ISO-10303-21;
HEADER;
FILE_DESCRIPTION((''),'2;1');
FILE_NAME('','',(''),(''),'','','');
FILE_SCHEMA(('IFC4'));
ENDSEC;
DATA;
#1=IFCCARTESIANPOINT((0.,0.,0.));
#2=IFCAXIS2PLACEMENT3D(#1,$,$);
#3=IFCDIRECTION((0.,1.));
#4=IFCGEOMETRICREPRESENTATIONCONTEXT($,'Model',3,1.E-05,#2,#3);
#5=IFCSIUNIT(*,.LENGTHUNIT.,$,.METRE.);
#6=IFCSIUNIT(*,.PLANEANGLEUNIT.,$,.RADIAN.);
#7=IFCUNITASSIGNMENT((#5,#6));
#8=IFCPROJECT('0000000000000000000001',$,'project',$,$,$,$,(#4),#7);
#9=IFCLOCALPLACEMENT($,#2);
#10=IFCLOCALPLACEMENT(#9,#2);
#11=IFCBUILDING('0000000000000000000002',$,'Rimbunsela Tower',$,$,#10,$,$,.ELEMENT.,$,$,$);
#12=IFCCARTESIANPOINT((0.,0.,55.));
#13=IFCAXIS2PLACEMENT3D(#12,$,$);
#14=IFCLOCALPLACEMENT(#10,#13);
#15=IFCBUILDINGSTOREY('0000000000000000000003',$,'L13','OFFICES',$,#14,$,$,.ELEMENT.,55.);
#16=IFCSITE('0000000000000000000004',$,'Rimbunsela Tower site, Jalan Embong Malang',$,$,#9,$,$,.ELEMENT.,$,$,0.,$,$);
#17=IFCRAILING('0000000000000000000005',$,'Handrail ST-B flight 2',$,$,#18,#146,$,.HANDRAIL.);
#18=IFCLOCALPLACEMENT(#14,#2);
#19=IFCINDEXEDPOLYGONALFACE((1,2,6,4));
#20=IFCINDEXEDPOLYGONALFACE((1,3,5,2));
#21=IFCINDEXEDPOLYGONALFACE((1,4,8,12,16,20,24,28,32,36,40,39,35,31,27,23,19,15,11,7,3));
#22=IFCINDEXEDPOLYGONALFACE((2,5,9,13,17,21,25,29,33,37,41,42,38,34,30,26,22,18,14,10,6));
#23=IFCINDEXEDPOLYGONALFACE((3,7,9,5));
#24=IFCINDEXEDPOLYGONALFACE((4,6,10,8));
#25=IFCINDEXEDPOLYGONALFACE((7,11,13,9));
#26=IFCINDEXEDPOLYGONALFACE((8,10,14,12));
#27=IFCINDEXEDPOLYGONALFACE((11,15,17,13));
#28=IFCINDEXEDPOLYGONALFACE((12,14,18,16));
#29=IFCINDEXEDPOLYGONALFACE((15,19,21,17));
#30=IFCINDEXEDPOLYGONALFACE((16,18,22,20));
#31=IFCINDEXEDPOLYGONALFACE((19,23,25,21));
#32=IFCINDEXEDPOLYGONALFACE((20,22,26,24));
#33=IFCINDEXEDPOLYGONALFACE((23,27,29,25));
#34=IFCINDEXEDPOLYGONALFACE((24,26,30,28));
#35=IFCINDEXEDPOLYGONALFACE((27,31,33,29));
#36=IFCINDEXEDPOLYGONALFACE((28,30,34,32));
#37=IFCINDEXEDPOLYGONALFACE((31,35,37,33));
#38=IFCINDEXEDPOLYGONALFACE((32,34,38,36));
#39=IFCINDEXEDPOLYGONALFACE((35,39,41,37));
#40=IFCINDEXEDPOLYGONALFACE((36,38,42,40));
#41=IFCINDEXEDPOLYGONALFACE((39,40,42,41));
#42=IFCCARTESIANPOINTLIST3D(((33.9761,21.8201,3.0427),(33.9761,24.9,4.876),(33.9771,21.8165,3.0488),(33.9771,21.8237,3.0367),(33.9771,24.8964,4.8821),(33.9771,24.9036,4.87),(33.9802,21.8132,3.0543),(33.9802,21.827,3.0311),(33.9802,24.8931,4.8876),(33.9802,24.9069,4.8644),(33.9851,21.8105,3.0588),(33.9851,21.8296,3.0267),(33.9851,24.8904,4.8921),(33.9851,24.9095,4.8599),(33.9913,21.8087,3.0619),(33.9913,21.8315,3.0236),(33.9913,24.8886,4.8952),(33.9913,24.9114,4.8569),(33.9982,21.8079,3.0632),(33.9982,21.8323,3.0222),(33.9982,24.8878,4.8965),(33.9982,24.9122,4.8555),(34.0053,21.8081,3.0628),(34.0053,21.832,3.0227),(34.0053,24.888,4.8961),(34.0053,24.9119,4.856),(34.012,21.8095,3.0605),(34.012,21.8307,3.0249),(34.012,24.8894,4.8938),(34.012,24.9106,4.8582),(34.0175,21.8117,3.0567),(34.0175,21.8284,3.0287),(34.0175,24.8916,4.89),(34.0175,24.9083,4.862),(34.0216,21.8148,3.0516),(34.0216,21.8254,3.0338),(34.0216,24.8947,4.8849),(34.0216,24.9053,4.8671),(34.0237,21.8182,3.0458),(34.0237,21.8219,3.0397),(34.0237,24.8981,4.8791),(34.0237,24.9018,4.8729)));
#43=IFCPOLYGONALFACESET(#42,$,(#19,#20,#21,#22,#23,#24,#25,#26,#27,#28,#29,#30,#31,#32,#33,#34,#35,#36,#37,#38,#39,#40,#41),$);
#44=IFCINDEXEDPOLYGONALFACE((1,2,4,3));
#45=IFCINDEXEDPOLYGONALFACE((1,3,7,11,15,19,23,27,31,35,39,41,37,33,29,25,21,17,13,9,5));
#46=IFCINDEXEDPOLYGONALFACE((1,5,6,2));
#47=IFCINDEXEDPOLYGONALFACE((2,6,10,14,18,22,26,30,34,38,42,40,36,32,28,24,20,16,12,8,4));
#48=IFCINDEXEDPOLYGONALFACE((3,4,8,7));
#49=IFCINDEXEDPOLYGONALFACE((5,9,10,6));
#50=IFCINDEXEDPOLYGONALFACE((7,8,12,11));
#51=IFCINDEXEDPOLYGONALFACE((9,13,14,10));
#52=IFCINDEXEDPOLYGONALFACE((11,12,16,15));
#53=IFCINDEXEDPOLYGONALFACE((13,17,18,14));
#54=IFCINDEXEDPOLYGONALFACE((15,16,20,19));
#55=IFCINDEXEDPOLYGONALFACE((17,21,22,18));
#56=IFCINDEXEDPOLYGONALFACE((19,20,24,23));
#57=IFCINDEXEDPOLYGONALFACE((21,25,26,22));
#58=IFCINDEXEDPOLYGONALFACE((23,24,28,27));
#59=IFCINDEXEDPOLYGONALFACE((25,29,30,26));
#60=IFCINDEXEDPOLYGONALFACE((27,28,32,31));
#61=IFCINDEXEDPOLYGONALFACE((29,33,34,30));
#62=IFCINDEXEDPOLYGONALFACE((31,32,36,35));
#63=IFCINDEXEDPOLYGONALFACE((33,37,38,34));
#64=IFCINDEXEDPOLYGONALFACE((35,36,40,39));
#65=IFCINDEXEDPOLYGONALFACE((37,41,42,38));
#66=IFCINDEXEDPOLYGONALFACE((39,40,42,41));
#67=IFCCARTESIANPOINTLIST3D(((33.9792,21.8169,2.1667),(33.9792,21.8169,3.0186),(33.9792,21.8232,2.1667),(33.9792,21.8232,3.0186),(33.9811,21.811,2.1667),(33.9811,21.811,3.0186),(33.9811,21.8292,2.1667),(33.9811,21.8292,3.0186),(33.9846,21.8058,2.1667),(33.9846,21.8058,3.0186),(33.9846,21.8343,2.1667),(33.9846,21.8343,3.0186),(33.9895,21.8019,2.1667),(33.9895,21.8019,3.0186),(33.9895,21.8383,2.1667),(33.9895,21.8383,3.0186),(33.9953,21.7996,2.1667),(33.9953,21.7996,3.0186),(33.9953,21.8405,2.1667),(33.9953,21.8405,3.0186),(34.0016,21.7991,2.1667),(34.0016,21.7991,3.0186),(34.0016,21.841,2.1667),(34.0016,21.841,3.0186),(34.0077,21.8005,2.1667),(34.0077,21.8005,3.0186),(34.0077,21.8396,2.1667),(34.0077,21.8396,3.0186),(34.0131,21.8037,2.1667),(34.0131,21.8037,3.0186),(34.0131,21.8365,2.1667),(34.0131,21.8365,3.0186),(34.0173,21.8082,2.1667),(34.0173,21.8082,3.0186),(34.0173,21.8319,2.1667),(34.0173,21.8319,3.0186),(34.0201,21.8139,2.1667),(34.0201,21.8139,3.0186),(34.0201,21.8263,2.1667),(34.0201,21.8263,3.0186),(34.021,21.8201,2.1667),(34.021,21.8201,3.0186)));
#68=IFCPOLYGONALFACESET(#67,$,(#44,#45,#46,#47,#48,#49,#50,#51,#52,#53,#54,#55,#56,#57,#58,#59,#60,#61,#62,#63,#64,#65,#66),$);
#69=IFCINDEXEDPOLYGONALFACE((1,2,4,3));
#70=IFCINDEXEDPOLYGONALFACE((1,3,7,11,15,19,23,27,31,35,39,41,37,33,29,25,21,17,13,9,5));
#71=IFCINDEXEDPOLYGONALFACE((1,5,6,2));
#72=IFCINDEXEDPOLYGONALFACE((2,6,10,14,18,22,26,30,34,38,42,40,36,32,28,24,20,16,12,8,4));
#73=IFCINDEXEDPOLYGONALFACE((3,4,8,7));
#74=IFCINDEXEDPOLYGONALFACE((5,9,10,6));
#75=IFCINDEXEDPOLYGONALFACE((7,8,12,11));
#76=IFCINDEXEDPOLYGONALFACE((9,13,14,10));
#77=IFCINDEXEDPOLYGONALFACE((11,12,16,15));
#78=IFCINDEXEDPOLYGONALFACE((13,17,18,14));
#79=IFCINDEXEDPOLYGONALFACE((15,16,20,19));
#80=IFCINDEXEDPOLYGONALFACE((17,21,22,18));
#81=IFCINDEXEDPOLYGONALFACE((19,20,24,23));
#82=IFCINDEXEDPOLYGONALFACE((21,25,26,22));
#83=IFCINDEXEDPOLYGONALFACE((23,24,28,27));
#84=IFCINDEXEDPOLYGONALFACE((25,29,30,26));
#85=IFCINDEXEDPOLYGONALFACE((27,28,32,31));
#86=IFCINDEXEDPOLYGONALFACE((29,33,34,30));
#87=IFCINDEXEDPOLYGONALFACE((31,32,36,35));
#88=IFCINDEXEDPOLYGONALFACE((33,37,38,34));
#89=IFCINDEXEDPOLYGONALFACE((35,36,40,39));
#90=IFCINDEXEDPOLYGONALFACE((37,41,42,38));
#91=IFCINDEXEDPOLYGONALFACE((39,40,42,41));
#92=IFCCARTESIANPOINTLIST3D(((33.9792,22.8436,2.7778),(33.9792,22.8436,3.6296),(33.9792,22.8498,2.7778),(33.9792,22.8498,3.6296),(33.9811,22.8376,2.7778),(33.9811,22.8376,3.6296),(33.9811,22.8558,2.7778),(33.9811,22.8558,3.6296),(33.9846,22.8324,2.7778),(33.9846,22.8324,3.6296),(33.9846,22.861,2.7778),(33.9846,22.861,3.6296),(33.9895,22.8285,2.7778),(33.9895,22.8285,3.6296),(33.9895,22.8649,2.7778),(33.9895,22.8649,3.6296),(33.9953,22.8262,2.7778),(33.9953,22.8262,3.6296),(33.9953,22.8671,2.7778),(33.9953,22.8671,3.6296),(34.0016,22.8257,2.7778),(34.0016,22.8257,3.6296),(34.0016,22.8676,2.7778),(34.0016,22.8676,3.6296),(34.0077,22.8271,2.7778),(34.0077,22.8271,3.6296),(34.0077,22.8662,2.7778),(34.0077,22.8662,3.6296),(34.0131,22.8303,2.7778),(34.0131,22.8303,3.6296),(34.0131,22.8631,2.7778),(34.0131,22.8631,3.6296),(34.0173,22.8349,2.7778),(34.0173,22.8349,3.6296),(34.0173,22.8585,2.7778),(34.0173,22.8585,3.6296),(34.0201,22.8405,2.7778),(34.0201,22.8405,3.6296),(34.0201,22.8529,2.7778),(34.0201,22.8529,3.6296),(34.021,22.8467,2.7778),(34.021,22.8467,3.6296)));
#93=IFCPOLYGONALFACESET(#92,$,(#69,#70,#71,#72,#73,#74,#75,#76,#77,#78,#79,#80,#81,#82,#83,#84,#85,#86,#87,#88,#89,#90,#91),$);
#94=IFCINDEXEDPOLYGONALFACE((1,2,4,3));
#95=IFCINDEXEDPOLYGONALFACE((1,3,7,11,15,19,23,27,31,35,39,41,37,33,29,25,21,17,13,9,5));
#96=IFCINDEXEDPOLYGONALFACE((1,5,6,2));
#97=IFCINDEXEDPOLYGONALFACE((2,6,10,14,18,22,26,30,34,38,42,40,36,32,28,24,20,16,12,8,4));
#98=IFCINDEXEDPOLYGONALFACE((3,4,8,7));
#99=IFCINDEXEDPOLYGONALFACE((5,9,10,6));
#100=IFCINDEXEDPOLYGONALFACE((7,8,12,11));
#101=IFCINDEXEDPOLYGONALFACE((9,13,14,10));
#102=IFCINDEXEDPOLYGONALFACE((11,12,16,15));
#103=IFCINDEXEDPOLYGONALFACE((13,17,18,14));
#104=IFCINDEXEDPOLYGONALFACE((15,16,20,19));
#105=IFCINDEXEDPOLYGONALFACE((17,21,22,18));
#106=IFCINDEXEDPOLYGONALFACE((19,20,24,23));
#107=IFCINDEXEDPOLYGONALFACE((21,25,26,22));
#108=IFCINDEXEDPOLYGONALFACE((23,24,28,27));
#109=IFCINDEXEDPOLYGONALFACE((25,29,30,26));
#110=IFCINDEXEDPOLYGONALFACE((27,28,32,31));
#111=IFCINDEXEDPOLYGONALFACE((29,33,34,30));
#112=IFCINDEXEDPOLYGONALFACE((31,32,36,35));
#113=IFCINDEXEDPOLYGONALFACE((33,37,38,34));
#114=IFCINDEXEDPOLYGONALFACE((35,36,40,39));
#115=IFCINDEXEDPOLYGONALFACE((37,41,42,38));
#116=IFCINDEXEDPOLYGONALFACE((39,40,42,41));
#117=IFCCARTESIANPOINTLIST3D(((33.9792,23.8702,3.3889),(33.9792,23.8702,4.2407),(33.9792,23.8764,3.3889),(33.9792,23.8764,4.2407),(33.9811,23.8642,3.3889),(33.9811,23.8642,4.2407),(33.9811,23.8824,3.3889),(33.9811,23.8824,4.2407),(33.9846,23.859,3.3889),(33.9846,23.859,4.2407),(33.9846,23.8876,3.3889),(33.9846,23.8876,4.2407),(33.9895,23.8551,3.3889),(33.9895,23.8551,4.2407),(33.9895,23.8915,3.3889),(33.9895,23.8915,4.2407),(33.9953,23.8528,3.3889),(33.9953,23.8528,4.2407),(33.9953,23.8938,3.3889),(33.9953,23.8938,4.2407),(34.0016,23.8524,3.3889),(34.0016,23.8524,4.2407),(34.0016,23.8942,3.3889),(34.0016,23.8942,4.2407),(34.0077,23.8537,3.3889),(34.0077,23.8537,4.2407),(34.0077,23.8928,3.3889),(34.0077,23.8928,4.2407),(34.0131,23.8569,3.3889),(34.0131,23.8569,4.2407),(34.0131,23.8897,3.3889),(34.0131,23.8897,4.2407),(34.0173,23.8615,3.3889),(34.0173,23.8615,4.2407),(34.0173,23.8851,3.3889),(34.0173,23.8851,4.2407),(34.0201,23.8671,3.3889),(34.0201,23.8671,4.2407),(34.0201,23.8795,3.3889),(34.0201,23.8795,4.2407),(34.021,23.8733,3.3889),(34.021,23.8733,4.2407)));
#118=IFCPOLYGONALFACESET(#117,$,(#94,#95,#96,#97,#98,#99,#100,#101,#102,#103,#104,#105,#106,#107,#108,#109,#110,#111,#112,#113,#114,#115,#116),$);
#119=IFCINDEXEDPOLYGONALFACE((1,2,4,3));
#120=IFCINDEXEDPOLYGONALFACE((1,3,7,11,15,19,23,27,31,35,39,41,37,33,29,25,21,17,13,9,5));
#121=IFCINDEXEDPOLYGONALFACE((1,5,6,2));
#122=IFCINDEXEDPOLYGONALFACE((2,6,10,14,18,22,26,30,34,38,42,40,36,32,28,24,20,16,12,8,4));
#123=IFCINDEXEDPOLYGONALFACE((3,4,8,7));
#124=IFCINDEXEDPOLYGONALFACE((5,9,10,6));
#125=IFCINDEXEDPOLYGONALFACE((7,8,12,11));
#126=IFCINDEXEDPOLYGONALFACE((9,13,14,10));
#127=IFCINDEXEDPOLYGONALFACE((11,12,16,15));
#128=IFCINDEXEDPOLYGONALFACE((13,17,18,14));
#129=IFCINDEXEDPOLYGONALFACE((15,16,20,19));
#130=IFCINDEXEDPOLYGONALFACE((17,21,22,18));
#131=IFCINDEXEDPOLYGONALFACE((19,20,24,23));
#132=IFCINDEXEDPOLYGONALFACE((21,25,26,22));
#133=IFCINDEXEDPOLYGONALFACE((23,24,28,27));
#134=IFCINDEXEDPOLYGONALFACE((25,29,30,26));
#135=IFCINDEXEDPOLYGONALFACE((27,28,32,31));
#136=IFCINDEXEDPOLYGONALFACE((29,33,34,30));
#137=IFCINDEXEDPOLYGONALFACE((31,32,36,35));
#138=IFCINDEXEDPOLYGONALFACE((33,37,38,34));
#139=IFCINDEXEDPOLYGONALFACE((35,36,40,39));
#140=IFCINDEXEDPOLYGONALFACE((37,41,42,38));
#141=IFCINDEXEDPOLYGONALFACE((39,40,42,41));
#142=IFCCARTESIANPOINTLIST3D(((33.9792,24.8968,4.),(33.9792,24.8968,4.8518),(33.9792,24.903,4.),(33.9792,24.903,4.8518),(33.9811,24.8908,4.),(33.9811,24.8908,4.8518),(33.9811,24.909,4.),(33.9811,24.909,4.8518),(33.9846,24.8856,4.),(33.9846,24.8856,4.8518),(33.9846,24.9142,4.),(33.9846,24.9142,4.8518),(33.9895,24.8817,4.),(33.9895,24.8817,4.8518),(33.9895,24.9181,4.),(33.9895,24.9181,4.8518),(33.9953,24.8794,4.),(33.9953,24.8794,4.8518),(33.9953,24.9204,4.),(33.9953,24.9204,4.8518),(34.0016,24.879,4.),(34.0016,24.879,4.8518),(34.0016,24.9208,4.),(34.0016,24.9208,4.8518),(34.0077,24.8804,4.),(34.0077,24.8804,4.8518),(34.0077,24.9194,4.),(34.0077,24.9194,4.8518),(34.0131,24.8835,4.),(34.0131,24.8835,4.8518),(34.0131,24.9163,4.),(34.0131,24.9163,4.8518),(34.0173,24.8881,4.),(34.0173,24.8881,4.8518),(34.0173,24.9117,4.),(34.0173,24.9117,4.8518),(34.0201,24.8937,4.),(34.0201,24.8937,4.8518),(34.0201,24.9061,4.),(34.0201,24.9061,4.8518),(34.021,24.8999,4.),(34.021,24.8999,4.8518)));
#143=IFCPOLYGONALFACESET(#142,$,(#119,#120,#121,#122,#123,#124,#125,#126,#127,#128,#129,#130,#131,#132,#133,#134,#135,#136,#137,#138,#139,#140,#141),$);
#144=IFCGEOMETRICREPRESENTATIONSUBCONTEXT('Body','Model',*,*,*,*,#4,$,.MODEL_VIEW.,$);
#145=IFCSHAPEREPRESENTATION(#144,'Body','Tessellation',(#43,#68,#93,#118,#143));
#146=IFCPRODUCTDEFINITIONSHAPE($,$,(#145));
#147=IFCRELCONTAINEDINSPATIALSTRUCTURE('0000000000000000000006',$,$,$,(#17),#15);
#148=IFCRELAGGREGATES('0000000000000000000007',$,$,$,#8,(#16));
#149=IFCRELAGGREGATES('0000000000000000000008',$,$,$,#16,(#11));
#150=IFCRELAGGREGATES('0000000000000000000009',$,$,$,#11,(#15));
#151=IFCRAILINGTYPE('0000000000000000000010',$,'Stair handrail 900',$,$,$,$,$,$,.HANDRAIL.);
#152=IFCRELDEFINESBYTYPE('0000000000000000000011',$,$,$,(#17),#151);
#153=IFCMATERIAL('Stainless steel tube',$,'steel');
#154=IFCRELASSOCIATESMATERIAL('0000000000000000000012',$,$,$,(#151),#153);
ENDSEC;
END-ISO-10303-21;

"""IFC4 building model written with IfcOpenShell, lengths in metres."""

from ifc_helpers import new_model, si_unit, direction, frame, origin, origin_2d, place, context, subcontext, project, spatial, circle, extrude, material, type_object, element, save


model = new_model("IFC4")

# Units and contexts
model_context = context("Model", 3, precision=1e-05, world=origin(), true_north=direction((0.0, 1.0)))
body_context = subcontext(model_context, "Body", "Model", "MODEL_VIEW")
ifc_project = project(units=[si_unit("LENGTHUNIT", "METRE"), si_unit("PLANEANGLEUNIT", "RADIAN")], contexts=[model_context])

# Site, building, storey
site_placement = place(None, origin())
site = spatial("IfcSite", under=ifc_project, at=site_placement, Name="Rimbunsela Tower site, Jalan Embong Malang", CompositionType="ELEMENT", RefElevation=0.0)
building_placement = place(site_placement, origin())
building = spatial("IfcBuilding", under=site, at=building_placement, Name="Rimbunsela Tower", CompositionType="ELEMENT")
storey_placement = place(building_placement, frame((0.0, 0.0, 55.0)))
storey = spatial("IfcBuildingStorey", under=building, at=storey_placement, Name="L13", Description="OFFICES", CompositionType="ELEMENT", Elevation=55.0)

# Railing
ifc_material_1 = material(Name="Stainless steel tube", Category="steel")
railing_type = type_object("IfcRailingType", Name="Stair handrail 900", PredefinedType="HANDRAIL", material=ifc_material_1)
for number, where, name in (
    (1, (34.0, 21.8201, 2.1667), "Handrail ST-B flight 2"),
):
    element("IfcRailing", number, at=place(storey_placement, frame(where)), inside=storey, type_object=railing_type, Name=name, PredefinedType="HANDRAIL", context=body_context, shape_type="SweptSolid", body=[
        extrude(circle(Radius=0.0239, at=origin_2d()), frame((0.0, 0.0, 0.876), z_axis=(0.0, 0.859291, 0.511487), x_axis=(-1.0, 0.0, 0.0)), (0.0, 0.0, 1.0), 3.5842),
        extrude(circle(Radius=0.021, at=origin_2d()), origin(), (0.0, 0.0, 1.0), 0.8518),
        extrude(circle(Radius=0.021, at=origin_2d()), frame((0.0, 1.0266, 0.6111)), (0.0, 0.0, 1.0), 0.8518),
        extrude(circle(Radius=0.021, at=origin_2d()), frame((0.0, 2.0532, 1.2222)), (0.0, 0.0, 1.0), 0.8518),
        extrude(circle(Radius=0.021, at=origin_2d()), frame((0.0, 3.0798, 1.8333)), (0.0, 0.0, 1.0), 0.8518),
    ])

save(model, "model.ifc")
